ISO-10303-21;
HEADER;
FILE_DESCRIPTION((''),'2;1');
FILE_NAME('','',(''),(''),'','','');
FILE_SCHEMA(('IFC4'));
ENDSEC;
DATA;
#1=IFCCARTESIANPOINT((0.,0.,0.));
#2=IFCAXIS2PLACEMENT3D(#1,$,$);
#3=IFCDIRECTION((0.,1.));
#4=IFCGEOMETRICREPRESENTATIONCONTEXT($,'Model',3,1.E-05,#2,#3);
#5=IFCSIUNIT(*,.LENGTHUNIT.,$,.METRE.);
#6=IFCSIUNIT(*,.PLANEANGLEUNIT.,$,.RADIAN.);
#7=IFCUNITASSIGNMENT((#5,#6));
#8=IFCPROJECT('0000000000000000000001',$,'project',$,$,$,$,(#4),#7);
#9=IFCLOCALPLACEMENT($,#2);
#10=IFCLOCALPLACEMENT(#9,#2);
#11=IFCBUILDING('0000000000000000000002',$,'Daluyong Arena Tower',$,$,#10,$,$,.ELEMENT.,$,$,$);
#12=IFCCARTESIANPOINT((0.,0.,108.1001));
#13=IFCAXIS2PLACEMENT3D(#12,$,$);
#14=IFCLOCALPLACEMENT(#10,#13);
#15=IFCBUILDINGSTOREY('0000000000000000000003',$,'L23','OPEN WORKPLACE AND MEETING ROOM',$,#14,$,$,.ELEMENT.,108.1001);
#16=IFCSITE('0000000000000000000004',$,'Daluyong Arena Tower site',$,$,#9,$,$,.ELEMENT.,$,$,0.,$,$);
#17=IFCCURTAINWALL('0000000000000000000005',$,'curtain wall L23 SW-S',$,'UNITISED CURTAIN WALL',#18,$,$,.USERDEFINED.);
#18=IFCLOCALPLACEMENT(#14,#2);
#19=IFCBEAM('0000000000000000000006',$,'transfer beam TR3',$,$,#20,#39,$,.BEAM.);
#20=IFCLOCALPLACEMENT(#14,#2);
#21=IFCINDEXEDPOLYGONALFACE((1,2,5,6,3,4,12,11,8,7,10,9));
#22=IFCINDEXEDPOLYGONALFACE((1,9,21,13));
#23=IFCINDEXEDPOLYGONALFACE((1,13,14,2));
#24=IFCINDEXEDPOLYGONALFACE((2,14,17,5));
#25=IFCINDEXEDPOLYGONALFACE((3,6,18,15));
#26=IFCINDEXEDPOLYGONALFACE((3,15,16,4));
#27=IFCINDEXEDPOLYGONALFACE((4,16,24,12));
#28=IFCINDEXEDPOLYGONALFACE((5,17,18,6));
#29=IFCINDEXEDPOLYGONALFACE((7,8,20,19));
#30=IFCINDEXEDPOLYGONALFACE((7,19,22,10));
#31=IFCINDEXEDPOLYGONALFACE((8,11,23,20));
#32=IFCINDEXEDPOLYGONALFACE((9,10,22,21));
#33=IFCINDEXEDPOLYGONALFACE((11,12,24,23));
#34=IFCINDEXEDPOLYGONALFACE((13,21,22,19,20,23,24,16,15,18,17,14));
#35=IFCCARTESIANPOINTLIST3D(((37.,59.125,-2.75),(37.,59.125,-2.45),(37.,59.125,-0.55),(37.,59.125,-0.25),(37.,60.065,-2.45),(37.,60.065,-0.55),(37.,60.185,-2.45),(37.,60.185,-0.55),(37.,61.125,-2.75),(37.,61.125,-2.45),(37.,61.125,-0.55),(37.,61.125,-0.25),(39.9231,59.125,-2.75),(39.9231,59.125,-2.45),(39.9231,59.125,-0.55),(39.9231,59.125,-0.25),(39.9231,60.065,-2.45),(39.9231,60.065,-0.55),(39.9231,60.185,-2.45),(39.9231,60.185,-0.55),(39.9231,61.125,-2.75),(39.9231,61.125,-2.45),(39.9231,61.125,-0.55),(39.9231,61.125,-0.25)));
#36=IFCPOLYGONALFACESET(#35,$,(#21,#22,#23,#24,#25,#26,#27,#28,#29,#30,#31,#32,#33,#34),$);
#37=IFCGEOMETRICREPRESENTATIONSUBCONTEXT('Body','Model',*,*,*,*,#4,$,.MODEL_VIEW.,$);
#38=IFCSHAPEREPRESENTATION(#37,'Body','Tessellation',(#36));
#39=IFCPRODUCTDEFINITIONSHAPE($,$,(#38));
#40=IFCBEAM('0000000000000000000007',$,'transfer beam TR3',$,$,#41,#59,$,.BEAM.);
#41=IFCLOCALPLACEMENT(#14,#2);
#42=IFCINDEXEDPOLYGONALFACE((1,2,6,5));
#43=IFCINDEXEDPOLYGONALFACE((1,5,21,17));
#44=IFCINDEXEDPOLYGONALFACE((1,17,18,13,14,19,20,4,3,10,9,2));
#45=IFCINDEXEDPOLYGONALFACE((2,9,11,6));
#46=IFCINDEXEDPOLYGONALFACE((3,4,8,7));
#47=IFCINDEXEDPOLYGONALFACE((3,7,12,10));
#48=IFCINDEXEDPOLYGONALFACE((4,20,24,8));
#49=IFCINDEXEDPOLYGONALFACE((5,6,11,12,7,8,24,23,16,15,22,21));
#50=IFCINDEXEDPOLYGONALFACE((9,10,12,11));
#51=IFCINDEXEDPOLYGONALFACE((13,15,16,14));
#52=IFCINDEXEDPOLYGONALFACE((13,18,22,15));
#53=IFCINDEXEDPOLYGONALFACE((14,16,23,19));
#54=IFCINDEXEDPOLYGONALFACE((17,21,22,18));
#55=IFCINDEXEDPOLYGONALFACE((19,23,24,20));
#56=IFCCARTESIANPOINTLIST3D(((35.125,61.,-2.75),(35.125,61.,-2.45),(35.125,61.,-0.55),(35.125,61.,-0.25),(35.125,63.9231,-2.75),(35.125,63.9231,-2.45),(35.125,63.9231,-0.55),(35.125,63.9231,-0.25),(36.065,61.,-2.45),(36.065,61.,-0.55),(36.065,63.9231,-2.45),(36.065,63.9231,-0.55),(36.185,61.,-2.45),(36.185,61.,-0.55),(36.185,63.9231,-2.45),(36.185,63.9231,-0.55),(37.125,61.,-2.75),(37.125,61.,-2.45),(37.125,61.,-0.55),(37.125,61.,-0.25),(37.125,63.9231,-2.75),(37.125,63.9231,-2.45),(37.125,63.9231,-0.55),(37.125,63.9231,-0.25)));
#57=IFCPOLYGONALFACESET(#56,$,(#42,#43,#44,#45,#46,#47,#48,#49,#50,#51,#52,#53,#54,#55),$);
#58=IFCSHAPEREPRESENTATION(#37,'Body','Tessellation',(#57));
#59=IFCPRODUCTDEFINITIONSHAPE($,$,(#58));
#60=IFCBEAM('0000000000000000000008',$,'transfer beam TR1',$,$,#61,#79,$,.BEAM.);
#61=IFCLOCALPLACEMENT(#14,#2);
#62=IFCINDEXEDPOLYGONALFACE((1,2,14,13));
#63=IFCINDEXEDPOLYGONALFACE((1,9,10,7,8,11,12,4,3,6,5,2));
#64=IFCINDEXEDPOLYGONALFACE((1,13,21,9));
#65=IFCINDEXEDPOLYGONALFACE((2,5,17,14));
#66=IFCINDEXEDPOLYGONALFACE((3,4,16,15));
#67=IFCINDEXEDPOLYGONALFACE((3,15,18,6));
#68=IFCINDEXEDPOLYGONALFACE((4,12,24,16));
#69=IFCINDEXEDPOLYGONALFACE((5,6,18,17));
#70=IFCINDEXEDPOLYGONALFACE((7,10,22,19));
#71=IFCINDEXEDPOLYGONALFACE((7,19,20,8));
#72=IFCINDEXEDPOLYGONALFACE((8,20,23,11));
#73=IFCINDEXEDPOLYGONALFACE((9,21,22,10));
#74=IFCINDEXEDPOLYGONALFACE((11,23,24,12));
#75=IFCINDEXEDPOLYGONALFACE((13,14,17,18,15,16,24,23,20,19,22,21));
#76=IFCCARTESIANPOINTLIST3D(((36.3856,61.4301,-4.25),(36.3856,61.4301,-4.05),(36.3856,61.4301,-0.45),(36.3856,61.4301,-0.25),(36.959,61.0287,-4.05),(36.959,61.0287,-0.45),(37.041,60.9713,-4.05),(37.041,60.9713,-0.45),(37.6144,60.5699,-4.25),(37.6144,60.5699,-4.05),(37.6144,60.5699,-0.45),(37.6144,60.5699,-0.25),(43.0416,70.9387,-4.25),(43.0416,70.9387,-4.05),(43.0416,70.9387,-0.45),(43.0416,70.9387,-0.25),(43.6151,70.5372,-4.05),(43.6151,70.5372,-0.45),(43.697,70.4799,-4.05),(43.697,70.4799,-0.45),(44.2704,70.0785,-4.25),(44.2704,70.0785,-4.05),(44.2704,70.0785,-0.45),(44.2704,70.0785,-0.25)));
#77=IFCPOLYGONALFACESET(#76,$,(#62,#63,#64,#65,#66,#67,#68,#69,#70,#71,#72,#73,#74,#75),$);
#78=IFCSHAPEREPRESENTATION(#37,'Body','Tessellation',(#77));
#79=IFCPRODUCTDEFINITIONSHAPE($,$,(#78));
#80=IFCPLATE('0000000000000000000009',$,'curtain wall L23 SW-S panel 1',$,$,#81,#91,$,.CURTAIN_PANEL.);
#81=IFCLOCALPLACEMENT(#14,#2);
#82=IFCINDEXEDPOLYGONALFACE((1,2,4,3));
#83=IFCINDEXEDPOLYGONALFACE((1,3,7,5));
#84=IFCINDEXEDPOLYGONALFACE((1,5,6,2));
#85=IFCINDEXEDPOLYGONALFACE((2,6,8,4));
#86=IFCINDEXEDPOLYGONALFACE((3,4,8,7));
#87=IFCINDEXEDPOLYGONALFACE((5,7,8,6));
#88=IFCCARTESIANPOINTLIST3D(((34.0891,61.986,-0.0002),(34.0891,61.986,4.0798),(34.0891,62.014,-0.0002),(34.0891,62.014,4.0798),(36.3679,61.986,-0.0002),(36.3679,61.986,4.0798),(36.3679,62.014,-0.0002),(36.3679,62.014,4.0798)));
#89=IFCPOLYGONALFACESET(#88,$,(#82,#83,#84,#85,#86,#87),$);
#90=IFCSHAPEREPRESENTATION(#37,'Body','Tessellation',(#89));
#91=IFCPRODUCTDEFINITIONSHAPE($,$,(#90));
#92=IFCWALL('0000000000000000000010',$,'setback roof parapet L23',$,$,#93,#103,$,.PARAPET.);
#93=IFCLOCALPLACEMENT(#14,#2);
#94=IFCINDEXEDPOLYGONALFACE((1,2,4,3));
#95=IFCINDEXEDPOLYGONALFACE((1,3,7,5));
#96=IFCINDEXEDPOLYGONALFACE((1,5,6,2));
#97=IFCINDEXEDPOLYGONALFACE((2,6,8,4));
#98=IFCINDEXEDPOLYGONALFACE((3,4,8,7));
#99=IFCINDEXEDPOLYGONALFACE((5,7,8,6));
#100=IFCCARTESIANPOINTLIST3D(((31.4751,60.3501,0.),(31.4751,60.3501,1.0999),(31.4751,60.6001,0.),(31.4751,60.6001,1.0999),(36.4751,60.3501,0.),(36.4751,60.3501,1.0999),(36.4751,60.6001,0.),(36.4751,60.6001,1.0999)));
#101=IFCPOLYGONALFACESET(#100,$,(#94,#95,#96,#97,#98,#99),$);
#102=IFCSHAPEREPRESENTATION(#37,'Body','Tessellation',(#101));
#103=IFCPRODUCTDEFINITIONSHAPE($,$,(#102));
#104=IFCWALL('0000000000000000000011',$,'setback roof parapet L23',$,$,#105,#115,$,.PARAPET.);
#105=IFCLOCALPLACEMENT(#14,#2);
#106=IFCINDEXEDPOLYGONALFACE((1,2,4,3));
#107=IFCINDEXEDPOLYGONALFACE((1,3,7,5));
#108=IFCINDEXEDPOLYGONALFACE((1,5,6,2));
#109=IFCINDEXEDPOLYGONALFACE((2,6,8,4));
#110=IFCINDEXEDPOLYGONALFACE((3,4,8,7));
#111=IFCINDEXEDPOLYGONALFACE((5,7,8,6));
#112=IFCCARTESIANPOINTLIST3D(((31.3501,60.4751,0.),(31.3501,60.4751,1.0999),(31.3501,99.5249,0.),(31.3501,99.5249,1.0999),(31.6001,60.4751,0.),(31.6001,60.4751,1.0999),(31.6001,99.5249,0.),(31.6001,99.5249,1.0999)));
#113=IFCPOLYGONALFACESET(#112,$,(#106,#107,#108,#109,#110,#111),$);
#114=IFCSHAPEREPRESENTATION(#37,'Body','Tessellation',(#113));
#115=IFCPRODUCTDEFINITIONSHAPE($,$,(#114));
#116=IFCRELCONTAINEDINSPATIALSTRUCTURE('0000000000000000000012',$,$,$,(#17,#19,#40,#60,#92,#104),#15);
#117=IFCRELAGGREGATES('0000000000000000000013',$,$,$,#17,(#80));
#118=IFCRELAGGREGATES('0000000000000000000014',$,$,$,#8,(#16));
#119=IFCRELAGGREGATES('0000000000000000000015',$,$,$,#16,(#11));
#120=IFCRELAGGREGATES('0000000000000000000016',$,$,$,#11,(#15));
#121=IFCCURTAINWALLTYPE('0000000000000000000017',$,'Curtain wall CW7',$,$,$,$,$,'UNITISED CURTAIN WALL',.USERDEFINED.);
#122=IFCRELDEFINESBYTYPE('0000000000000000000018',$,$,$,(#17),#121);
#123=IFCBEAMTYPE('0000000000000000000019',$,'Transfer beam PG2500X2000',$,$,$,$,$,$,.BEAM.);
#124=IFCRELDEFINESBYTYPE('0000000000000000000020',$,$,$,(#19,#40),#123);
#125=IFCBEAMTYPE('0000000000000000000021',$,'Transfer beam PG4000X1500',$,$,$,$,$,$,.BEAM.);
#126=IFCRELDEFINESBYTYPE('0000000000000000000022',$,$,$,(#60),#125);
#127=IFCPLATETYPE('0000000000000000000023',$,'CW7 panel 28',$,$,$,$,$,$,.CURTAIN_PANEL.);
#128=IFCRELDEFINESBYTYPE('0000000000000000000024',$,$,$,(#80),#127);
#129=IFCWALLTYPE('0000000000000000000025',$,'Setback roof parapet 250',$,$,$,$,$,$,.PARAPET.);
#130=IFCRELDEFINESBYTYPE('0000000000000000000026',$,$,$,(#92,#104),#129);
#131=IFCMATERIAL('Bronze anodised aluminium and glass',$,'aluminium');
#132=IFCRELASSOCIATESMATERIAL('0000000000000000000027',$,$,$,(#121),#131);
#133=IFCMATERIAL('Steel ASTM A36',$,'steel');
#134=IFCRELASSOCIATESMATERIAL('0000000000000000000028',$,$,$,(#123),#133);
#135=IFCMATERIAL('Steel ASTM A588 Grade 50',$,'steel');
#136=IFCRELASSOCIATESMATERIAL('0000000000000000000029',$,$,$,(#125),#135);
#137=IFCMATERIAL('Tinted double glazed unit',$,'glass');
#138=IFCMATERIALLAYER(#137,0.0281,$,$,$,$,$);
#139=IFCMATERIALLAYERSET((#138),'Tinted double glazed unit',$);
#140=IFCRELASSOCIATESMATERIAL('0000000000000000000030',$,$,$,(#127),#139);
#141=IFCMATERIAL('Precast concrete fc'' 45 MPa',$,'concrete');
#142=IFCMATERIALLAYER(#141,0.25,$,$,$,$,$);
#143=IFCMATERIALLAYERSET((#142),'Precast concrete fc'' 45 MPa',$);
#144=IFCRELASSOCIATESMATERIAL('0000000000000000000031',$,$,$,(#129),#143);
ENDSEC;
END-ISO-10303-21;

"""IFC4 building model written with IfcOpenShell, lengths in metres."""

from ifc_helpers import new_model, si_unit, direction, frame, frame_2d, origin, origin_2d, place, context, subcontext, project, spatial, rectangle, i_section, extrude, material, layer, layer_set, material_profile, profile_set, type_object, element, aggregate, save


model = new_model("IFC4")

# Units and contexts
model_context = context("Model", 3, precision=1e-05, world=origin(), true_north=direction((0.0, 1.0)))
body_context = subcontext(model_context, "Body", "Model", "MODEL_VIEW")
ifc_project = project(units=[si_unit("LENGTHUNIT", "METRE"), si_unit("PLANEANGLEUNIT", "RADIAN")], contexts=[model_context])

# Site, building, storey
site_placement = place(None, origin())
site = spatial("IfcSite", under=ifc_project, at=site_placement, Name="Daluyong Arena Tower site", CompositionType="ELEMENT", RefElevation=0.0)
building_placement = place(site_placement, origin())
building = spatial("IfcBuilding", under=site, at=building_placement, Name="Daluyong Arena Tower", CompositionType="ELEMENT")
storey_placement = place(building_placement, frame((0.0, 0.0, 108.1001)))
storey = spatial("IfcBuildingStorey", under=building, at=storey_placement, Name="L23", Description="OPEN WORKPLACE AND MEETING ROOM", CompositionType="ELEMENT", Elevation=108.1001)

# Curtain wall
ifc_material_1 = material(Name="Bronze anodised aluminium and glass", Category="aluminium")
curtain_wall_type_1 = type_object("IfcCurtainWallType", Name="Curtain wall CW7", ElementType="UNITISED CURTAIN WALL", PredefinedType="USERDEFINED", material=ifc_material_1)
curtain_wall_1_placement = place(storey_placement, origin())
curtain_wall_1 = element("IfcCurtainWall", 1, at=curtain_wall_1_placement, inside=storey, type_object=curtain_wall_type_1, Name="curtain wall L23 SW-S", ObjectType="UNITISED CURTAIN WALL", PredefinedType="USERDEFINED")

# Beams
ifc_material_2 = material(Name="Steel ASTM A36", Category="steel")
ifc_material_profile_1 = material_profile(ifc_material_2, i_section(OverallWidth=2.0, OverallDepth=2.5, WebThickness=0.12, FlangeThickness=0.3, at=origin_2d()))
ifc_profile_set_1 = profile_set([ifc_material_profile_1], Name="Steel ASTM A36")
beam_type_1 = type_object("IfcBeamType", Name="Transfer beam PG2500X2000", PredefinedType="BEAM", material=ifc_profile_set_1)
for number, where, z_axis, x_axis, name in (
    (2, (37.0, 60.125, -1.5), (1.0, 0.0, 0.0), (0.0, 1.0, 0.0), "transfer beam TR3"),
    (3, (36.125, 61.0, -1.5), (0.0, 1.0, 0.0), (-1.0, 0.0, 0.0), "transfer beam TR3"),
):
    element("IfcBeam", number, at=place(storey_placement, frame(where, z_axis=z_axis, x_axis=x_axis)), inside=storey, type_object=beam_type_1, Name=name, PredefinedType="BEAM", context=body_context, shape_type="SweptSolid", body=[
        extrude(i_section(OverallWidth=2.0, OverallDepth=2.5, WebThickness=0.12, FlangeThickness=0.3, at=origin_2d()), origin(), (0.0, 0.0, 1.0), 2.9231),
    ])
ifc_material_3 = material(Name="Steel ASTM A588 Grade 50", Category="steel")
ifc_material_profile_2 = material_profile(ifc_material_3, i_section(OverallWidth=1.5, OverallDepth=4.0, WebThickness=0.1, FlangeThickness=0.2, at=origin_2d()))
ifc_profile_set_2 = profile_set([ifc_material_profile_2], Name="Steel ASTM A588 Grade 50")
beam_type_2 = type_object("IfcBeamType", Name="Transfer beam PG4000X1500", PredefinedType="BEAM", material=ifc_profile_set_2)
beam_placement = place(storey_placement, frame((37.0, 61.0, -2.25), z_axis=(0.573464, 0.819231, 0.0), x_axis=(-0.819231, 0.573464, 0.0)))
element("IfcBeam", 4, at=beam_placement, inside=storey, type_object=beam_type_2, Name="transfer beam TR1", PredefinedType="BEAM", context=body_context, shape_type="SweptSolid", body=[
    extrude(i_section(OverallWidth=1.5, OverallDepth=4.0, WebThickness=0.1, FlangeThickness=0.2, at=origin_2d()), origin(), (0.0, 0.0, 1.0), 11.6067),
])

# Plate
ifc_material_4 = material(Name="Tinted double glazed unit", Category="glass")
ifc_layer_1 = layer(ifc_material_4, 0.0281)
ifc_layer_set_1 = layer_set([ifc_layer_1], Name="Tinted double glazed unit")
plate_type = type_object("IfcPlateType", Name="CW7 panel 28", PredefinedType="CURTAIN_PANEL", material=ifc_layer_set_1)
plate_placement = place(storey_placement, frame((35.2285, 62.0, -0.0002), z_axis=(0.0, 0.0, 1.0), x_axis=(1.0, 0.0, 0.0)))
plate = element("IfcPlate", 5, at=plate_placement, type_object=plate_type, Name="curtain wall L23 SW-S panel 1", PredefinedType="CURTAIN_PANEL", context=body_context, shape_type="SweptSolid", body=[
    extrude(rectangle(XDim=2.2788, YDim=0.0281, at=origin_2d()), origin(), (0.0, 0.0, 1.0), 4.0801),
])
aggregate(curtain_wall_1, [plate])

# Walls
ifc_material_5 = material(Name="Precast concrete fc' 45 MPa", Category="concrete")
ifc_layer_2 = layer(ifc_material_5, 0.25)
ifc_layer_set_2 = layer_set([ifc_layer_2], Name="Precast concrete fc' 45 MPa")
wall_type = type_object("IfcWallType", Name="Setback roof parapet 250", PredefinedType="PARAPET", material=ifc_layer_set_2)
wall_1_placement = place(storey_placement, frame((36.4751, 60.4751, 0.0), z_axis=(0.0, 0.0, 1.0), x_axis=(-1.0, 0.0, 0.0)))
element("IfcWall", 6, at=wall_1_placement, inside=storey, type_object=wall_type, Name="setback roof parapet L23", PredefinedType="PARAPET", context=body_context, shape_type="SweptSolid", body=[
    extrude(rectangle(XDim=5.0, YDim=0.25, at=frame_2d((2.5, 0.0))), origin(), (0.0, 0.0, 1.0), 1.0999),
])
wall_2_placement = place(storey_placement, frame((31.4751, 60.4751, 0.0), z_axis=(0.0, 0.0, 1.0), x_axis=(0.0, 1.0, 0.0)))
element("IfcWall", 7, at=wall_2_placement, inside=storey, type_object=wall_type, Name="setback roof parapet L23", PredefinedType="PARAPET", context=body_context, shape_type="SweptSolid", body=[
    extrude(rectangle(XDim=39.0498, YDim=0.25, at=frame_2d((19.5249, 0.0))), origin(), (0.0, 0.0, 1.0), 1.0999),
])

save(model, "model.ifc")
